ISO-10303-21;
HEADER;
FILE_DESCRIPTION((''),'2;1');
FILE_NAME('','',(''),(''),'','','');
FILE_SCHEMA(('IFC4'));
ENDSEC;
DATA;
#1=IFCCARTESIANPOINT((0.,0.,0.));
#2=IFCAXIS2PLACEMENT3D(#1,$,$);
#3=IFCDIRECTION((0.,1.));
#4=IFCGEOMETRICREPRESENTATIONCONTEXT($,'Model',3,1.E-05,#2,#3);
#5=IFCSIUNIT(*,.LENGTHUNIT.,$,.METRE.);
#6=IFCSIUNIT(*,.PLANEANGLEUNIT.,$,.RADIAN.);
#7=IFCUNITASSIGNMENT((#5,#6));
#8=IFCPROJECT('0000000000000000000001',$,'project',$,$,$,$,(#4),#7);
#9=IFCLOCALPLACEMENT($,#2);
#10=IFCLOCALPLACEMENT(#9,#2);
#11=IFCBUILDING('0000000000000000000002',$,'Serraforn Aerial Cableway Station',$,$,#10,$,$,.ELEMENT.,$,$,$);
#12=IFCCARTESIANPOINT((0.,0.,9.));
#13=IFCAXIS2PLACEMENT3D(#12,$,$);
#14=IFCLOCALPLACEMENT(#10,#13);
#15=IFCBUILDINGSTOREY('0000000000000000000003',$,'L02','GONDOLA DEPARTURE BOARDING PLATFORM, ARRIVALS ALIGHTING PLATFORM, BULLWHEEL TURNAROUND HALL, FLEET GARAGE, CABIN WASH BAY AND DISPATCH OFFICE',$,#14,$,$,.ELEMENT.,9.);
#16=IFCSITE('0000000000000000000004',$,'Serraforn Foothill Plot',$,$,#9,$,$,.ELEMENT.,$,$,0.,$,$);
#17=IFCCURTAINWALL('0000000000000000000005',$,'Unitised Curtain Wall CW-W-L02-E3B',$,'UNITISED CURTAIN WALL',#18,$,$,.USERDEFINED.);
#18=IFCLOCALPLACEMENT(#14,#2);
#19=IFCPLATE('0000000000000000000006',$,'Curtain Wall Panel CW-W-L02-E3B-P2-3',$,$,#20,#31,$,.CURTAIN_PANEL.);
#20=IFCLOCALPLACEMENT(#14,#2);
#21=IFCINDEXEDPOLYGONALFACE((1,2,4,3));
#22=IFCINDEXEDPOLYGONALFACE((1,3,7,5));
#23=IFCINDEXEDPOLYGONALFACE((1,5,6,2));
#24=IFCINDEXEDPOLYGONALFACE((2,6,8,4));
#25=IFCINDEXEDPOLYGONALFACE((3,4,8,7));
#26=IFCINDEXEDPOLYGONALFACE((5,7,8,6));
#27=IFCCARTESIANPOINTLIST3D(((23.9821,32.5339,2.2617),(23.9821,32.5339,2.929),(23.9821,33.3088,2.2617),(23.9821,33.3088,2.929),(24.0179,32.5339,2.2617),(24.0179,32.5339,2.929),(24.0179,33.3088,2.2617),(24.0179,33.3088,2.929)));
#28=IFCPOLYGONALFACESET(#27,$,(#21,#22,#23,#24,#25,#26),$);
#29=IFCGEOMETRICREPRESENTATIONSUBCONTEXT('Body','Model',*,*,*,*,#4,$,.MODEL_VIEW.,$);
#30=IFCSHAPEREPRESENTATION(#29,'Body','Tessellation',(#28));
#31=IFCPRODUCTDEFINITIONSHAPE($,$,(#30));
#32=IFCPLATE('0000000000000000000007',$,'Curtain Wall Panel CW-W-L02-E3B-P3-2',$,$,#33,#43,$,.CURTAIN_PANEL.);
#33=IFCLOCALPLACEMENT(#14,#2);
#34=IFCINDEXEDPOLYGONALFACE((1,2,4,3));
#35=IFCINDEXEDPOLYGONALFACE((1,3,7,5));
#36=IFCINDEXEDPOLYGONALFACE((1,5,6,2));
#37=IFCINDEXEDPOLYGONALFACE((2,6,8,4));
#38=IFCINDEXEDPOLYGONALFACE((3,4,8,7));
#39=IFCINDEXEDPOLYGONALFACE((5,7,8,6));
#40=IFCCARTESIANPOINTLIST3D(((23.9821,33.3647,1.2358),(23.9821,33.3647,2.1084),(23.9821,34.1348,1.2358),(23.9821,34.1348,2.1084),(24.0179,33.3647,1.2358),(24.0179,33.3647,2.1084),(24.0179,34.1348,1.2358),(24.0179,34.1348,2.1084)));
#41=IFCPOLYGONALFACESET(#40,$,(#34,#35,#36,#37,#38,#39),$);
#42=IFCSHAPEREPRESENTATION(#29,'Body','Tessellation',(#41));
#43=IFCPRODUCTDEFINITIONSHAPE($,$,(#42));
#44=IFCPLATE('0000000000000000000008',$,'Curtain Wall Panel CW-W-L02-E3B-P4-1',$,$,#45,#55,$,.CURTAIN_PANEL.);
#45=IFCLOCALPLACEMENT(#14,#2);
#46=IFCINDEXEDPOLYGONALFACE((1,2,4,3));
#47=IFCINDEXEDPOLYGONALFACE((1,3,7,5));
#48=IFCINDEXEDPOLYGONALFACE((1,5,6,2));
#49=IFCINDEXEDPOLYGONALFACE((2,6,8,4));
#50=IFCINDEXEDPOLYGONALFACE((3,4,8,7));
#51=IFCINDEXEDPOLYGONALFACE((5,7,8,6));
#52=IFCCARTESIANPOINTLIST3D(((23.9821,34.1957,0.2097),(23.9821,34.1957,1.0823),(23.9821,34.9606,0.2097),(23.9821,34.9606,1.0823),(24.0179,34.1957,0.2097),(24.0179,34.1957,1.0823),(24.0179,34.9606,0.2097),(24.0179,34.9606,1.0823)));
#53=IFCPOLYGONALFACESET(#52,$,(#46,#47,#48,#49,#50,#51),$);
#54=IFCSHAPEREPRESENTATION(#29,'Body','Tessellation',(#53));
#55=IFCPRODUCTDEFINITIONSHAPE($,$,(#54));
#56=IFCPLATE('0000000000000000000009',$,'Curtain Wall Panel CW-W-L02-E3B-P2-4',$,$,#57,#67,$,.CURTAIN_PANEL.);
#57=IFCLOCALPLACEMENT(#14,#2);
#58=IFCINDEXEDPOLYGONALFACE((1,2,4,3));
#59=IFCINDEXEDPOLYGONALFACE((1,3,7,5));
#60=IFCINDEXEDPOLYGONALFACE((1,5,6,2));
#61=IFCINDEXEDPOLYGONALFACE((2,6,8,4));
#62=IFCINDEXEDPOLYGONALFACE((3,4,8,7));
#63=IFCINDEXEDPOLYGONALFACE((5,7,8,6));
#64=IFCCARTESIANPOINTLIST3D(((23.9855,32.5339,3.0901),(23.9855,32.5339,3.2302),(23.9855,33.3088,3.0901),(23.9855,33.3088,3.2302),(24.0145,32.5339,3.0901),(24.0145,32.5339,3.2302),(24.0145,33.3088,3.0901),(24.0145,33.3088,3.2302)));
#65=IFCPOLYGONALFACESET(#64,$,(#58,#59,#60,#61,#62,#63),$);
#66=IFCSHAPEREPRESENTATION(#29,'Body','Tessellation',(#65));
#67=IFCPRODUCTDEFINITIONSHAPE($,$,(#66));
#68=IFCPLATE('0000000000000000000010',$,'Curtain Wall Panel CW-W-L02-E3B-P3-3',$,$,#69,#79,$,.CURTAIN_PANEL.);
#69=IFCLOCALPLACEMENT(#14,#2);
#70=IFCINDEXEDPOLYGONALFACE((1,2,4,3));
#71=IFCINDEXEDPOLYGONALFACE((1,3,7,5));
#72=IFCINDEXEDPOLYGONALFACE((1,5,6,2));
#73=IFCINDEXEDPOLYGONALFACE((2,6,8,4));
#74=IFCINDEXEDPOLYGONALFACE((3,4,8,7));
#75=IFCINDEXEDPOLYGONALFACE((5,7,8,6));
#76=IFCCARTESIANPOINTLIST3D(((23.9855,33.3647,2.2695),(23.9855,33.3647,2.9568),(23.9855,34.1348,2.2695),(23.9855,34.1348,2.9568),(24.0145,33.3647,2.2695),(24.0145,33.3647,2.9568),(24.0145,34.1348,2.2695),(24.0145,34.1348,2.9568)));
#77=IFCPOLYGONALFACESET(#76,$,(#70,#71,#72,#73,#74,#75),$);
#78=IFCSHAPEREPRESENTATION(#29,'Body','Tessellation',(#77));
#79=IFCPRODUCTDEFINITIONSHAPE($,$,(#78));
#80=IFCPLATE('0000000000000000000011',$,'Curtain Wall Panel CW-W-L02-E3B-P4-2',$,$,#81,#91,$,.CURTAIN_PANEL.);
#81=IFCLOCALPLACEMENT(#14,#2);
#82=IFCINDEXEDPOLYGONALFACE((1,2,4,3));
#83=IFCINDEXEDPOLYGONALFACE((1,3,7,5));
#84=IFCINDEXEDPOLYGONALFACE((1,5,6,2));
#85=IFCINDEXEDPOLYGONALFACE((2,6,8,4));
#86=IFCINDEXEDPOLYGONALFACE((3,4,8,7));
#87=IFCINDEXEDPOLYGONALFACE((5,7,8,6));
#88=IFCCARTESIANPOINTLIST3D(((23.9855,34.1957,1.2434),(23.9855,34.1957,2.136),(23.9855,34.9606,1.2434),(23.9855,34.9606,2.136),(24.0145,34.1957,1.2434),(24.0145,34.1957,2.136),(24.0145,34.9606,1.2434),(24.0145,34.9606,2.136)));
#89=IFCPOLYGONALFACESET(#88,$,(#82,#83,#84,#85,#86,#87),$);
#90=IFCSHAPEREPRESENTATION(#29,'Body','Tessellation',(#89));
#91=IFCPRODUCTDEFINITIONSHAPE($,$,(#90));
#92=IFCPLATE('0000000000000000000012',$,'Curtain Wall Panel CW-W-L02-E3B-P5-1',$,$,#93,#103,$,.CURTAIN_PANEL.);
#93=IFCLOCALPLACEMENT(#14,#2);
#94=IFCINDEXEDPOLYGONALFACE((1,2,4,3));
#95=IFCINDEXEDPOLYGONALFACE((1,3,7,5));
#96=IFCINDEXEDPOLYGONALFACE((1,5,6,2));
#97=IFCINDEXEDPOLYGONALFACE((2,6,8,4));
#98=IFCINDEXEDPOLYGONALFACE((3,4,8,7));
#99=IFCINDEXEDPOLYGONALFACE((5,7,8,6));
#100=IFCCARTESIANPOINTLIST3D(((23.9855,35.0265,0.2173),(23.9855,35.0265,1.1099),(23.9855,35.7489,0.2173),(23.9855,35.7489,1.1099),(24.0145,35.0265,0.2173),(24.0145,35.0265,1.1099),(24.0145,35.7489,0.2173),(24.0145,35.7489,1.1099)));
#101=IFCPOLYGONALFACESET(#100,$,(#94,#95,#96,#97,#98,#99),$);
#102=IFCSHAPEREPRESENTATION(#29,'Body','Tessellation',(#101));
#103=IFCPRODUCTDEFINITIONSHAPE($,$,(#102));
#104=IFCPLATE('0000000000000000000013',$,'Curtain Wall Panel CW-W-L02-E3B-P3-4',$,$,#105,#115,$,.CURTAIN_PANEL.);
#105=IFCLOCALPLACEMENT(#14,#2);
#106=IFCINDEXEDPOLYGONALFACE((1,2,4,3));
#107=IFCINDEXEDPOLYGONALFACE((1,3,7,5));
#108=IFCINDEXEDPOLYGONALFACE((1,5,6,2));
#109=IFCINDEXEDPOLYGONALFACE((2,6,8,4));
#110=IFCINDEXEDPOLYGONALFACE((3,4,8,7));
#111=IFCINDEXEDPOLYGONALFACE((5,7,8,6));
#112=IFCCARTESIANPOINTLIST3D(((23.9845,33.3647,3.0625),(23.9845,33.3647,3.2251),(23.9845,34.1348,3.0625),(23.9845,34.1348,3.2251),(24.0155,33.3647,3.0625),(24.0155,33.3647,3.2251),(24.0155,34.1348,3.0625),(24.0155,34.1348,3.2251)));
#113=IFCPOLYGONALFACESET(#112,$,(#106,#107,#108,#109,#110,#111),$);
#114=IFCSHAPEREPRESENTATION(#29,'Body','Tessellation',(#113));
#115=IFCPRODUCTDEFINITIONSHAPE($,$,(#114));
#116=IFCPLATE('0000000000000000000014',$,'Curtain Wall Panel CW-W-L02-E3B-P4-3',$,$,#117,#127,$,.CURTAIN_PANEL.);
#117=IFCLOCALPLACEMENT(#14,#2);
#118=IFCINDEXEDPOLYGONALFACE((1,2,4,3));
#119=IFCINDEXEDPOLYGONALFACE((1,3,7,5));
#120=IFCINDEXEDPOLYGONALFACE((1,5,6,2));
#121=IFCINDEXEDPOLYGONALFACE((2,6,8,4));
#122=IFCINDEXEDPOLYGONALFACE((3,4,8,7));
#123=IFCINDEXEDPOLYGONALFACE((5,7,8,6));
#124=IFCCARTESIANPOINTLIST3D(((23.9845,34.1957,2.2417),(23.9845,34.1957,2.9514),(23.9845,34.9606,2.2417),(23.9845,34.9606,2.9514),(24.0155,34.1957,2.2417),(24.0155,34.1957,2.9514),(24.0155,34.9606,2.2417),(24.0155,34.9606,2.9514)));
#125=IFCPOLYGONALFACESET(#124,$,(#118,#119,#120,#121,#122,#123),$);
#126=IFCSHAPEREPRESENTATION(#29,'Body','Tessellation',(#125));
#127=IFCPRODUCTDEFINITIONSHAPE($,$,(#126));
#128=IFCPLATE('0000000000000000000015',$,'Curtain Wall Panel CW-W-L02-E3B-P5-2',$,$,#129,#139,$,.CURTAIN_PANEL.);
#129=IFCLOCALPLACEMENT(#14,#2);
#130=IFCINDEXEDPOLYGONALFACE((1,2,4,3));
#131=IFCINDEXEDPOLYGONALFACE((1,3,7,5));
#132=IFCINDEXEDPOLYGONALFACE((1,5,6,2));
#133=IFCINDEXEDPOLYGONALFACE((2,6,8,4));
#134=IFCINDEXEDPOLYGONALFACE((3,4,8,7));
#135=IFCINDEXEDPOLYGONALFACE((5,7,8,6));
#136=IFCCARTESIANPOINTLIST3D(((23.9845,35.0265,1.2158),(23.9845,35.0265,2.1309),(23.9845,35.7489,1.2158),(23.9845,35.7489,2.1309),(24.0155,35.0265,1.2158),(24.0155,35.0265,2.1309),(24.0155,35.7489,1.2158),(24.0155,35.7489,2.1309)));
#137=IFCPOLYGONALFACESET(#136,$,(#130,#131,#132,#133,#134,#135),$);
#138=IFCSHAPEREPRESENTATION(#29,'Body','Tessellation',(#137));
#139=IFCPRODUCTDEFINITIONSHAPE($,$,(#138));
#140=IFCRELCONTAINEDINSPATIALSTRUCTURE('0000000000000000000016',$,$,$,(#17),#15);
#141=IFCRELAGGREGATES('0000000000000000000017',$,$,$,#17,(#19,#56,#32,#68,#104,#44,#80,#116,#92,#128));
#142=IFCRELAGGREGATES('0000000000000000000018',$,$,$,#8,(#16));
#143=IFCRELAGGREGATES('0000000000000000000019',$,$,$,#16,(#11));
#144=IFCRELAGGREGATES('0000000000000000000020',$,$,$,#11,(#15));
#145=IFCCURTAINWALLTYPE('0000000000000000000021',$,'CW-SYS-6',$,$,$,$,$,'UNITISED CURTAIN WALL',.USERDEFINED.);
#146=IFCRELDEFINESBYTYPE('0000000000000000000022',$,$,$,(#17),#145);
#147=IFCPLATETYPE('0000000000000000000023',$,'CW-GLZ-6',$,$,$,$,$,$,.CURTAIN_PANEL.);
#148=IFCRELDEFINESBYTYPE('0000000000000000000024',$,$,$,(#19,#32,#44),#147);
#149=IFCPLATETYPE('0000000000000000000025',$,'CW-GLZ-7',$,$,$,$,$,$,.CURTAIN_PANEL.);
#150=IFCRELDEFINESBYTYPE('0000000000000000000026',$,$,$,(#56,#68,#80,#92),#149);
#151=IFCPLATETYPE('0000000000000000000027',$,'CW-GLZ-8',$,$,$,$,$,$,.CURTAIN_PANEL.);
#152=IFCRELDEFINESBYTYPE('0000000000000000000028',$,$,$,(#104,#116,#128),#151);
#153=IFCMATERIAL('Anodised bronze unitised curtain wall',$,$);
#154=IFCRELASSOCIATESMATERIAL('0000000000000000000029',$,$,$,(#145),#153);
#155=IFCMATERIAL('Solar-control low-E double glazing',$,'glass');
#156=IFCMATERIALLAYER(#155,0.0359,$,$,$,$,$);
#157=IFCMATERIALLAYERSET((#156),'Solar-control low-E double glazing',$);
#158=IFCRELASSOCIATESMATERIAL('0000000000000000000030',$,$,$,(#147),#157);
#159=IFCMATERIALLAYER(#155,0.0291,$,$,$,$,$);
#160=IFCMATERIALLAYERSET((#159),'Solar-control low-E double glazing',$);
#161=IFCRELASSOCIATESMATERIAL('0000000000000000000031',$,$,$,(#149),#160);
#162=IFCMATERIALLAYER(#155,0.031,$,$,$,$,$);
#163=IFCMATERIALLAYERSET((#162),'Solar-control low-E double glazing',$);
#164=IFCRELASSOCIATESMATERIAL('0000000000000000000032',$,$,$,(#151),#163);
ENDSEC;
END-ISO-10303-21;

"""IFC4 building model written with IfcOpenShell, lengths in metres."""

from ifc_helpers import new_model, si_unit, direction, frame, origin, origin_2d, place, context, subcontext, project, spatial, rectangle, extrude, material, layer, layer_set, type_object, element, aggregate, save


model = new_model("IFC4")

# Units and contexts
model_context = context("Model", 3, precision=1e-05, world=origin(), true_north=direction((0.0, 1.0)))
body_context = subcontext(model_context, "Body", "Model", "MODEL_VIEW")
ifc_project = project(units=[si_unit("LENGTHUNIT", "METRE"), si_unit("PLANEANGLEUNIT", "RADIAN")], contexts=[model_context])

# Site, building, storey
site_placement = place(None, origin())
site = spatial("IfcSite", under=ifc_project, at=site_placement, Name="Serraforn Foothill Plot", CompositionType="ELEMENT", RefElevation=0.0)
building_placement = place(site_placement, origin())
building = spatial("IfcBuilding", under=site, at=building_placement, Name="Serraforn Aerial Cableway Station", CompositionType="ELEMENT")
storey_placement = place(building_placement, frame((0.0, 0.0, 9.0)))
storey = spatial("IfcBuildingStorey", under=building, at=storey_placement, Name="L02", Description="GONDOLA DEPARTURE BOARDING PLATFORM, ARRIVALS ALIGHTING PLATFORM, BULLWHEEL TURNAROUND HALL, FLEET GARAGE, CABIN WASH BAY AND DISPATCH OFFICE", CompositionType="ELEMENT", Elevation=9.0)

# Curtain wall, plates
ifc_material_1 = material(Name="Anodised bronze unitised curtain wall")
curtain_wall_type = type_object("IfcCurtainWallType", Name="CW-SYS-6", ElementType="UNITISED CURTAIN WALL", PredefinedType="USERDEFINED", material=ifc_material_1)
curtain_wall_placement = place(storey_placement, origin())
curtain_wall = element("IfcCurtainWall", 1, at=curtain_wall_placement, inside=storey, type_object=curtain_wall_type, Name="Unitised Curtain Wall CW-W-L02-E3B", ObjectType="UNITISED CURTAIN WALL", PredefinedType="USERDEFINED")
ifc_material_2 = material(Name="Solar-control low-E double glazing", Category="glass")
ifc_layer_1 = layer(ifc_material_2, 0.0359)
ifc_layer_set_1 = layer_set([ifc_layer_1], Name="Solar-control low-E double glazing")
plate_type_1 = type_object("IfcPlateType", Name="CW-GLZ-6", PredefinedType="CURTAIN_PANEL", material=ifc_layer_set_1)
plate_1_placement = place(storey_placement, frame((24.0, 32.9214, 2.2617), z_axis=(0.0, 0.0, 1.0), x_axis=(1.0, 0.0, 0.0)))
plate_1 = element("IfcPlate", 2, at=plate_1_placement, type_object=plate_type_1, Name="Curtain Wall Panel CW-W-L02-E3B-P2-3", PredefinedType="CURTAIN_PANEL", context=body_context, shape_type="SweptSolid", body=[
    extrude(rectangle(XDim=0.0359, YDim=0.7749, at=origin_2d()), origin(), (0.0, 0.0, 1.0), 0.6672),
])
plate_2_placement = place(storey_placement, frame((24.0, 33.7498, 1.2358), z_axis=(0.0, 0.0, 1.0), x_axis=(1.0, 0.0, 0.0)))
plate_2 = element("IfcPlate", 3, at=plate_2_placement, type_object=plate_type_1, Name="Curtain Wall Panel CW-W-L02-E3B-P3-2", PredefinedType="CURTAIN_PANEL", context=body_context, shape_type="SweptSolid", body=[
    extrude(rectangle(XDim=0.0359, YDim=0.77, at=origin_2d()), origin(), (0.0, 0.0, 1.0), 0.8726),
])
plate_3_placement = place(storey_placement, frame((24.0, 34.5781, 0.2097), z_axis=(0.0, 0.0, 1.0), x_axis=(1.0, 0.0, 0.0)))
plate_3 = element("IfcPlate", 4, at=plate_3_placement, type_object=plate_type_1, Name="Curtain Wall Panel CW-W-L02-E3B-P4-1", PredefinedType="CURTAIN_PANEL", context=body_context, shape_type="SweptSolid", body=[
    extrude(rectangle(XDim=0.0359, YDim=0.7649, at=origin_2d()), origin(), (0.0, 0.0, 1.0), 0.8726),
])
ifc_layer_2 = layer(ifc_material_2, 0.0291)
ifc_layer_set_2 = layer_set([ifc_layer_2], Name="Solar-control low-E double glazing")
plate_type_2 = type_object("IfcPlateType", Name="CW-GLZ-7", PredefinedType="CURTAIN_PANEL", material=ifc_layer_set_2)
plate_4_placement = place(storey_placement, frame((24.0, 32.9214, 3.0901), z_axis=(0.0, 0.0, 1.0), x_axis=(1.0, 0.0, 0.0)))
plate_4 = element("IfcPlate", 5, at=plate_4_placement, type_object=plate_type_2, Name="Curtain Wall Panel CW-W-L02-E3B-P2-4", PredefinedType="CURTAIN_PANEL", context=body_context, shape_type="SweptSolid", body=[
    extrude(rectangle(XDim=0.0291, YDim=0.7749, at=origin_2d()), origin(), (0.0, 0.0, 1.0), 0.1401),
])
plate_5_placement = place(storey_placement, frame((24.0, 33.7498, 2.2695), z_axis=(0.0, 0.0, 1.0), x_axis=(1.0, 0.0, 0.0)))
plate_5 = element("IfcPlate", 6, at=plate_5_placement, type_object=plate_type_2, Name="Curtain Wall Panel CW-W-L02-E3B-P3-3", PredefinedType="CURTAIN_PANEL", context=body_context, shape_type="SweptSolid", body=[
    extrude(rectangle(XDim=0.0291, YDim=0.77, at=origin_2d()), origin(), (0.0, 0.0, 1.0), 0.6873),
])
plate_6_placement = place(storey_placement, frame((24.0, 34.5781, 1.2434), z_axis=(0.0, 0.0, 1.0), x_axis=(1.0, 0.0, 0.0)))
plate_6 = element("IfcPlate", 7, at=plate_6_placement, type_object=plate_type_2, Name="Curtain Wall Panel CW-W-L02-E3B-P4-2", PredefinedType="CURTAIN_PANEL", context=body_context, shape_type="SweptSolid", body=[
    extrude(rectangle(XDim=0.0291, YDim=0.7649, at=origin_2d()), origin(), (0.0, 0.0, 1.0), 0.8926),
])
plate_7_placement = place(storey_placement, frame((24.0, 35.3877, 0.2173), z_axis=(0.0, 0.0, 1.0), x_axis=(1.0, 0.0, 0.0)))
plate_7 = element("IfcPlate", 8, at=plate_7_placement, type_object=plate_type_2, Name="Curtain Wall Panel CW-W-L02-E3B-P5-1", PredefinedType="CURTAIN_PANEL", context=body_context, shape_type="SweptSolid", body=[
    extrude(rectangle(XDim=0.0291, YDim=0.7224, at=origin_2d()), origin(), (0.0, 0.0, 1.0), 0.8926),
])
ifc_layer_3 = layer(ifc_material_2, 0.031)
ifc_layer_set_3 = layer_set([ifc_layer_3], Name="Solar-control low-E double glazing")
plate_type_3 = type_object("IfcPlateType", Name="CW-GLZ-8", PredefinedType="CURTAIN_PANEL", material=ifc_layer_set_3)
plate_8_placement = place(storey_placement, frame((24.0, 33.7498, 3.0625), z_axis=(0.0, 0.0, 1.0), x_axis=(1.0, 0.0, 0.0)))
plate_8 = element("IfcPlate", 9, at=plate_8_placement, type_object=plate_type_3, Name="Curtain Wall Panel CW-W-L02-E3B-P3-4", PredefinedType="CURTAIN_PANEL", context=body_context, shape_type="SweptSolid", body=[
    extrude(rectangle(XDim=0.031, YDim=0.77, at=origin_2d()), origin(), (0.0, 0.0, 1.0), 0.1626),
])
plate_9_placement = place(storey_placement, frame((24.0, 34.5781, 2.2417), z_axis=(0.0, 0.0, 1.0), x_axis=(1.0, 0.0, 0.0)))
plate_9 = element("IfcPlate", 10, at=plate_9_placement, type_object=plate_type_3, Name="Curtain Wall Panel CW-W-L02-E3B-P4-3", PredefinedType="CURTAIN_PANEL", context=body_context, shape_type="SweptSolid", body=[
    extrude(rectangle(XDim=0.031, YDim=0.7649, at=origin_2d()), origin(), (0.0, 0.0, 1.0), 0.7097),
])
plate_10_placement = place(storey_placement, frame((24.0, 35.3877, 1.2158), z_axis=(0.0, 0.0, 1.0), x_axis=(1.0, 0.0, 0.0)))
plate_10 = element("IfcPlate", 11, at=plate_10_placement, type_object=plate_type_3, Name="Curtain Wall Panel CW-W-L02-E3B-P5-2", PredefinedType="CURTAIN_PANEL", context=body_context, shape_type="SweptSolid", body=[
    extrude(rectangle(XDim=0.031, YDim=0.7224, at=origin_2d()), origin(), (0.0, 0.0, 1.0), 0.915),
])
aggregate(curtain_wall, [plate_1, plate_4, plate_2, plate_5, plate_8, plate_3, plate_6, plate_9, plate_7, plate_10])

save(model, "model.ifc")
